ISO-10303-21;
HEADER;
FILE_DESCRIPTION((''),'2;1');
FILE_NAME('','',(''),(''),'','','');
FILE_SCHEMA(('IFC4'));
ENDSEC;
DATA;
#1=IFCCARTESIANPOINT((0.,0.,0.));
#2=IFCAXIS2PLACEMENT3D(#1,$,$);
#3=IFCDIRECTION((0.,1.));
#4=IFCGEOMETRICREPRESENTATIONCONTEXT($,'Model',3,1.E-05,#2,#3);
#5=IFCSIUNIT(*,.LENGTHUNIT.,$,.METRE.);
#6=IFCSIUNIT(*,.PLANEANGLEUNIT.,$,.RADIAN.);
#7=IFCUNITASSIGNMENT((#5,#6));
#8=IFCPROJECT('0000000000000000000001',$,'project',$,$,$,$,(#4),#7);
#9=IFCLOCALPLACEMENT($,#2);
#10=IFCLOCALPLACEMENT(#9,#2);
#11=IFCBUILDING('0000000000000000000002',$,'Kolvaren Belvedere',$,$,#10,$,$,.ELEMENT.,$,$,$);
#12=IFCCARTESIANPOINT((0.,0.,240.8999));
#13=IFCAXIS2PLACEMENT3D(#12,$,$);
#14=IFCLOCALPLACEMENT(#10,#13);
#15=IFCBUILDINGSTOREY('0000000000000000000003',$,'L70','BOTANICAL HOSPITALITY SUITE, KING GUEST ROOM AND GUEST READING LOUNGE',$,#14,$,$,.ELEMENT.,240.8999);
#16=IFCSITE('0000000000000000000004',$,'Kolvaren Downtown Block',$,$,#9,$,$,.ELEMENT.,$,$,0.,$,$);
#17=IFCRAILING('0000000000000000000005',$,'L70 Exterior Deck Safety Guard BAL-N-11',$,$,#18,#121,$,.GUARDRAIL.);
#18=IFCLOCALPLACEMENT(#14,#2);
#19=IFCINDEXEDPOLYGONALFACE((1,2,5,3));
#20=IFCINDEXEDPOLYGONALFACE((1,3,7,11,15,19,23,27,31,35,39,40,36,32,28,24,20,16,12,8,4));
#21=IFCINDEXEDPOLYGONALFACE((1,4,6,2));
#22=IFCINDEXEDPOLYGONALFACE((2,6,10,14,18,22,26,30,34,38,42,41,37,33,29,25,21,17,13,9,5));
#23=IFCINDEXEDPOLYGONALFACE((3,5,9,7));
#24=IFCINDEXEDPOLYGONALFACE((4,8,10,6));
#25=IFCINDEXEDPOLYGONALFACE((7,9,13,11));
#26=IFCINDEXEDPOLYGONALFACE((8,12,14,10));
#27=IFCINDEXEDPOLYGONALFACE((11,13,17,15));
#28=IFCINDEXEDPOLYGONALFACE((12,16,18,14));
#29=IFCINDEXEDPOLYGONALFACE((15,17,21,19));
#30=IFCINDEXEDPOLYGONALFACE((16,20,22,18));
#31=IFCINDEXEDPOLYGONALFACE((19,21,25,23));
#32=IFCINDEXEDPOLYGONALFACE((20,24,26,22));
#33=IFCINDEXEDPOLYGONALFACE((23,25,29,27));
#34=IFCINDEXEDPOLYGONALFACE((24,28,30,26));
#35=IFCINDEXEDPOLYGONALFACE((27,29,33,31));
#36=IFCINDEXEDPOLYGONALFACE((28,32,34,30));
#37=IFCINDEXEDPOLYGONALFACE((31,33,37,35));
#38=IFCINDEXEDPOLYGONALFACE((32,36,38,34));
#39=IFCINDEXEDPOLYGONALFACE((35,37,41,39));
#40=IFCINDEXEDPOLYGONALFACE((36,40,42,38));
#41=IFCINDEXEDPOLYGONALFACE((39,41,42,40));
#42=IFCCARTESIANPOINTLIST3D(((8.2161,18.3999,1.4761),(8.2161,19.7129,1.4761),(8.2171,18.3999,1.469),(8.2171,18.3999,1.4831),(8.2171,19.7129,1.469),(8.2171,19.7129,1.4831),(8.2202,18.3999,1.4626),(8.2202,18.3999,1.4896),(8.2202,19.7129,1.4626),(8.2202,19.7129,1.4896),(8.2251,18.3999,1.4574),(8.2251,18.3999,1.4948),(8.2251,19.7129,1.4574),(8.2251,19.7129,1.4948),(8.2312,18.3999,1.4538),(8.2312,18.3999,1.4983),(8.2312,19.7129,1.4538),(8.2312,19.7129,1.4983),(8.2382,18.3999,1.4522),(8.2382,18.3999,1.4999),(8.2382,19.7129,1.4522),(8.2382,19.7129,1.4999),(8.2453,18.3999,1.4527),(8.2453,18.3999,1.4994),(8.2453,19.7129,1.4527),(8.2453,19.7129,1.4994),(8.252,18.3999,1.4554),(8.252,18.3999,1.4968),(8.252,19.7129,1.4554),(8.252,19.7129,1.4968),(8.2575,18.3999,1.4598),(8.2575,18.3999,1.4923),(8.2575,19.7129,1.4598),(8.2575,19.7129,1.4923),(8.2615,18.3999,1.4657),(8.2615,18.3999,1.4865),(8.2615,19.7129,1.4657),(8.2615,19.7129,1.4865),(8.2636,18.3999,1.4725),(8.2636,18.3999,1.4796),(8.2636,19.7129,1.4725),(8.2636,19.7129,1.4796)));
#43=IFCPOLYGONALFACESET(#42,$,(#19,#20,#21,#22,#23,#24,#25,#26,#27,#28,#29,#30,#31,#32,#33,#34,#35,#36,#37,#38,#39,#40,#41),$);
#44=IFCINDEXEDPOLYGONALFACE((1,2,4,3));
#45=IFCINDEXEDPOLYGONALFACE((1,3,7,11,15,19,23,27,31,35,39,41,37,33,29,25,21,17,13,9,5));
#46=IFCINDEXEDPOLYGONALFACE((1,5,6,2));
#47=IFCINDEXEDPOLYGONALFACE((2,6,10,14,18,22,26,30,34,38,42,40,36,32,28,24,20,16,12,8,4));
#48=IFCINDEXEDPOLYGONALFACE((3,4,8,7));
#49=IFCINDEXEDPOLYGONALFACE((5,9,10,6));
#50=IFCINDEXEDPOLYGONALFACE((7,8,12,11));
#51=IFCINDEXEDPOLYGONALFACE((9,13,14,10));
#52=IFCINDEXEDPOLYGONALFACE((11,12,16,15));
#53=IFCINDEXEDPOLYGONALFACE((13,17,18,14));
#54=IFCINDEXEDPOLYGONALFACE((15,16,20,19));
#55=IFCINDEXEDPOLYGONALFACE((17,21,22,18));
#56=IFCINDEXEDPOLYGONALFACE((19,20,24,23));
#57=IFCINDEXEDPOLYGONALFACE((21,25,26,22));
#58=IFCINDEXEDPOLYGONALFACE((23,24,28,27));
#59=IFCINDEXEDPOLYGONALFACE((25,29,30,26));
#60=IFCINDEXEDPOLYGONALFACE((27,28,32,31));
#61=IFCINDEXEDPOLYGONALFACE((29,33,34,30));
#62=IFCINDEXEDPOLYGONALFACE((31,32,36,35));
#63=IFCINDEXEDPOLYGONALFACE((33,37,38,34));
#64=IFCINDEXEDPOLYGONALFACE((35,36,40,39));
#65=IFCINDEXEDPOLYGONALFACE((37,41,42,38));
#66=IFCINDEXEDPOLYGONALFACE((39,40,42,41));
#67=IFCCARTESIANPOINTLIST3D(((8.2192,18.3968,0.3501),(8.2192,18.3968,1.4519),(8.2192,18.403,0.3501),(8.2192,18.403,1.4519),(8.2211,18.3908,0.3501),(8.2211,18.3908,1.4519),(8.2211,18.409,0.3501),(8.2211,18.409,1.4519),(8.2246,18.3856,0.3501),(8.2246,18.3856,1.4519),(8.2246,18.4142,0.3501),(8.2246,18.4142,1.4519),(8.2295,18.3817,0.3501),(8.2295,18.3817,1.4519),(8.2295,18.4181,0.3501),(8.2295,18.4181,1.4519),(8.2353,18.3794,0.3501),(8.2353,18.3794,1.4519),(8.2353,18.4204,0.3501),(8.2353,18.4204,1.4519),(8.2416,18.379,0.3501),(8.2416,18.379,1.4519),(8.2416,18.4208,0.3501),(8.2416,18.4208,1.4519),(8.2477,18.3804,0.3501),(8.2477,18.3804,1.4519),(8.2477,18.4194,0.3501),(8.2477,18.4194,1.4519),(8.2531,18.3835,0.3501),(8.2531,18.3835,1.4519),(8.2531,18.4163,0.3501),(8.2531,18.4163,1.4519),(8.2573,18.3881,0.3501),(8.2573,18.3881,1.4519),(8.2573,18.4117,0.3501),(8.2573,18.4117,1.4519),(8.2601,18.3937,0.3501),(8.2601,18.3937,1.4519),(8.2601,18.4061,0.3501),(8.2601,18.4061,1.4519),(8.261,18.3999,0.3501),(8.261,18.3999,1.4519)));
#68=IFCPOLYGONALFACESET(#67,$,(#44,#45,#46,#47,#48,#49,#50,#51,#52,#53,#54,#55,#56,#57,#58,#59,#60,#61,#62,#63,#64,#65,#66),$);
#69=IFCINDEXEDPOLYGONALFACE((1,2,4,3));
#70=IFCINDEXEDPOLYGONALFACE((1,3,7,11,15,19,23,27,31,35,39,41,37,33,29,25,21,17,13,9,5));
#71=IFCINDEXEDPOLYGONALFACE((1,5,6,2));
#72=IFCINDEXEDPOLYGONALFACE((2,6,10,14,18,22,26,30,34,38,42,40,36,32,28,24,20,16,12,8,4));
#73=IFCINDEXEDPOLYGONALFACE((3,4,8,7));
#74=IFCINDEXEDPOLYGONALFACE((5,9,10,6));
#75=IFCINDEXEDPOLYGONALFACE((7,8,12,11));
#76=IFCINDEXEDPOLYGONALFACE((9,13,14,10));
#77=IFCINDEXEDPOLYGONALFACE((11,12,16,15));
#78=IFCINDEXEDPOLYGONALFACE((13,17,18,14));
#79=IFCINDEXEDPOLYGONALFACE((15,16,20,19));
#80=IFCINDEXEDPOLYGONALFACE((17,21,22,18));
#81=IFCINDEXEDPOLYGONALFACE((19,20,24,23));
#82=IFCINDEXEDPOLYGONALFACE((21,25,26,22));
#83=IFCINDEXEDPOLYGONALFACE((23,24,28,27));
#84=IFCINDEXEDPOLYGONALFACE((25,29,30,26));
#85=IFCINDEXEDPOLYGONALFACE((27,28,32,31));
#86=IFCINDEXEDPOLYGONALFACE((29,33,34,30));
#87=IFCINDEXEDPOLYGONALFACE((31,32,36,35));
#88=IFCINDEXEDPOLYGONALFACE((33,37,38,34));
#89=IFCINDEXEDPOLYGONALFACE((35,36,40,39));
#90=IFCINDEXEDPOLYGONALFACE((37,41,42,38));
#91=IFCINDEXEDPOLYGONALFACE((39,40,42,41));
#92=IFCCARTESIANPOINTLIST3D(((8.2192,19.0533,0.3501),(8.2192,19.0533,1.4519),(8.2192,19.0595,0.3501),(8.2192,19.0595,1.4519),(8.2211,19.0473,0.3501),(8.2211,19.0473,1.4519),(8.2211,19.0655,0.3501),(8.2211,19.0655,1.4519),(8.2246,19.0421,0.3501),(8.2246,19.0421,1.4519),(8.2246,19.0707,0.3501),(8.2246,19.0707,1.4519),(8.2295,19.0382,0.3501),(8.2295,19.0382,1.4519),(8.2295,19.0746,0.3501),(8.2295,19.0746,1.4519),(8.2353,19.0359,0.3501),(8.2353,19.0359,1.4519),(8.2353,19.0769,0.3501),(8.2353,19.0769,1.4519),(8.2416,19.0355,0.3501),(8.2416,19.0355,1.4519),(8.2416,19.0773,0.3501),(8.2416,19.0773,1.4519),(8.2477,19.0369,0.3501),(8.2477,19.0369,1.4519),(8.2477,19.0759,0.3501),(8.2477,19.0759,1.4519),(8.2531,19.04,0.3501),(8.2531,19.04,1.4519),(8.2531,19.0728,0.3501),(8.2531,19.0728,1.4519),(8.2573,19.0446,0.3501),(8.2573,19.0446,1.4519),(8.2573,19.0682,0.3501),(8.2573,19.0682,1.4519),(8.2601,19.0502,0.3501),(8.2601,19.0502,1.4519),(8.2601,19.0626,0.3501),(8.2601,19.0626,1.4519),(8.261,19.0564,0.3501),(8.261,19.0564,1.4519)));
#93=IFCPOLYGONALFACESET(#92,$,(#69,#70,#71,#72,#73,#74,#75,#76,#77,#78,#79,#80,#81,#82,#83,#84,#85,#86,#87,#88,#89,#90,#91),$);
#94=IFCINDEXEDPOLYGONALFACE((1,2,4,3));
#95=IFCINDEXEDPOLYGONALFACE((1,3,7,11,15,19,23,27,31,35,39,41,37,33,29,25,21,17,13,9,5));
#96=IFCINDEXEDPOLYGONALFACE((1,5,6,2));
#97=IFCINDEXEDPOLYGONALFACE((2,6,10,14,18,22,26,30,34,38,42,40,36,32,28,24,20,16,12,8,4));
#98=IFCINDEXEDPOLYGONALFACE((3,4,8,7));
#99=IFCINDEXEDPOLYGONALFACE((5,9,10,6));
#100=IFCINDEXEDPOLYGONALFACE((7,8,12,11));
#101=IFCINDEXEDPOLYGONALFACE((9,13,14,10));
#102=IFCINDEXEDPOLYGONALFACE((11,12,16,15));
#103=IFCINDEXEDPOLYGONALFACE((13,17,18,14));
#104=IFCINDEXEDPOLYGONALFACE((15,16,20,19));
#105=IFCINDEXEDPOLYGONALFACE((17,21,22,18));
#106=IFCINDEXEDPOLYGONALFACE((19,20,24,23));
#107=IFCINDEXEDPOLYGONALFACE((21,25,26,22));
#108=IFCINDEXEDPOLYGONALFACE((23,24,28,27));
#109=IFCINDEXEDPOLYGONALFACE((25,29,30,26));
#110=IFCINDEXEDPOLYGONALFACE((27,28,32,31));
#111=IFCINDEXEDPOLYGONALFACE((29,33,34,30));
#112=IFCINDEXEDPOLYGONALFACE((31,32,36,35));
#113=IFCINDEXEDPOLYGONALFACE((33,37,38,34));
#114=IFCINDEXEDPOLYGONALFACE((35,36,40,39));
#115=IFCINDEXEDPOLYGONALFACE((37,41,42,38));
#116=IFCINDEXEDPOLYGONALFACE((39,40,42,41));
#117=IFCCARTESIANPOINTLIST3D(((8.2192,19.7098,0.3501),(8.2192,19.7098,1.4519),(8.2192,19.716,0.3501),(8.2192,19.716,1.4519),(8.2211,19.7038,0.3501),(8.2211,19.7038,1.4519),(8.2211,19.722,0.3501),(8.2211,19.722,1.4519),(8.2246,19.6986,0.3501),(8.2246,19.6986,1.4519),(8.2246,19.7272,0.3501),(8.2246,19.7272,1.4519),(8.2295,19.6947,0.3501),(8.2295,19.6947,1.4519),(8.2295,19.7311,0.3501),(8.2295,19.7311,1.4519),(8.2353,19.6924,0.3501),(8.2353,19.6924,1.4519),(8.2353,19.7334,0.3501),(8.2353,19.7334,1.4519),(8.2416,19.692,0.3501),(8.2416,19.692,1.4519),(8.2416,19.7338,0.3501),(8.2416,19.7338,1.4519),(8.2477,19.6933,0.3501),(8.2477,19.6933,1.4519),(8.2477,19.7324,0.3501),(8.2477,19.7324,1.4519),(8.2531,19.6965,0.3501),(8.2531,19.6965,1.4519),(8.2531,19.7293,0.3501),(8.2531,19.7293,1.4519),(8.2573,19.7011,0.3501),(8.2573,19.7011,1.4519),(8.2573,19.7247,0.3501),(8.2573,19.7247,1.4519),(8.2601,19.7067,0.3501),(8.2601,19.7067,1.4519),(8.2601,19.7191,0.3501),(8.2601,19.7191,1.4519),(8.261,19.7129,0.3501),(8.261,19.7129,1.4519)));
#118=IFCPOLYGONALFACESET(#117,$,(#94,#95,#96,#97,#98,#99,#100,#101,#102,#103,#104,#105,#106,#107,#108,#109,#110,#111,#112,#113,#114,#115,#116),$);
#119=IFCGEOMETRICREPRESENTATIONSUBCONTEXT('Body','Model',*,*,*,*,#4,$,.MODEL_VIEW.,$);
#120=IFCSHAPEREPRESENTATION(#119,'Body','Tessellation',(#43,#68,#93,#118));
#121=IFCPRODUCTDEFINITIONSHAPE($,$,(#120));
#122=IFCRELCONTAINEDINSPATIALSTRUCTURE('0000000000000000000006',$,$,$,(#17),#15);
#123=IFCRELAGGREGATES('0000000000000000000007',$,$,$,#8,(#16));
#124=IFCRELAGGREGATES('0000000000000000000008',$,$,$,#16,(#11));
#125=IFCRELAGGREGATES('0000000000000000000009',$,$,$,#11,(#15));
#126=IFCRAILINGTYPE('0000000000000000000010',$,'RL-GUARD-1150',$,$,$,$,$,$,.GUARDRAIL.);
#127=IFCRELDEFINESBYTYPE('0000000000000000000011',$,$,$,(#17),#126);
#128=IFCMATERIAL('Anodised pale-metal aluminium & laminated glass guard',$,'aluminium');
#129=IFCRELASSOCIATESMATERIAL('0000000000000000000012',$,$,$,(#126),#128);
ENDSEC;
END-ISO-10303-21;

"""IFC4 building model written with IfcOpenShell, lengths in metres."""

from ifc_helpers import new_model, si_unit, direction, frame, origin, origin_2d, place, context, subcontext, project, spatial, circle, extrude, material, type_object, element, save


model = new_model("IFC4")

# Units and contexts
model_context = context("Model", 3, precision=1e-05, world=origin(), true_north=direction((0.0, 1.0)))
body_context = subcontext(model_context, "Body", "Model", "MODEL_VIEW")
ifc_project = project(units=[si_unit("LENGTHUNIT", "METRE"), si_unit("PLANEANGLEUNIT", "RADIAN")], contexts=[model_context])

# Site, building, storey
site_placement = place(None, origin())
site = spatial("IfcSite", under=ifc_project, at=site_placement, Name="Kolvaren Downtown Block", CompositionType="ELEMENT", RefElevation=0.0)
building_placement = place(site_placement, origin())
building = spatial("IfcBuilding", under=site, at=building_placement, Name="Kolvaren Belvedere", CompositionType="ELEMENT")
storey_placement = place(building_placement, frame((0.0, 0.0, 240.8999)))
storey = spatial("IfcBuildingStorey", under=building, at=storey_placement, Name="L70", Description="BOTANICAL HOSPITALITY SUITE, KING GUEST ROOM AND GUEST READING LOUNGE", CompositionType="ELEMENT", Elevation=240.8999)

# Railing
ifc_material_1 = material(Name="Anodised pale-metal aluminium & laminated glass guard", Category="aluminium")
railing_type = type_object("IfcRailingType", Name="RL-GUARD-1150", PredefinedType="GUARDRAIL", material=ifc_material_1)
railing_1_placement = place(storey_placement, frame((8.24, 18.3999, 0.3501)))
element("IfcRailing", 1, at=railing_1_placement, inside=storey, type_object=railing_type, Name="L70 Exterior Deck Safety Guard BAL-N-11", PredefinedType="GUARDRAIL", context=body_context, shape_type="SweptSolid", body=[
    extrude(circle(Radius=0.0239, at=origin_2d()), frame((0.0, 0.0, 1.126), z_axis=(0.0, 1.0, 0.0), x_axis=(-1.0, 0.0, 0.0)), (0.0, 0.0, 1.0), 1.313),
    extrude(circle(Radius=0.021, at=origin_2d()), origin(), (0.0, 0.0, 1.0), 1.1018),
    extrude(circle(Radius=0.021, at=origin_2d()), frame((0.0, 0.6565, 0.0)), (0.0, 0.0, 1.0), 1.1018),
    extrude(circle(Radius=0.021, at=origin_2d()), frame((0.0, 1.313, 0.0)), (0.0, 0.0, 1.0), 1.1018),
])

save(model, "model.ifc")
